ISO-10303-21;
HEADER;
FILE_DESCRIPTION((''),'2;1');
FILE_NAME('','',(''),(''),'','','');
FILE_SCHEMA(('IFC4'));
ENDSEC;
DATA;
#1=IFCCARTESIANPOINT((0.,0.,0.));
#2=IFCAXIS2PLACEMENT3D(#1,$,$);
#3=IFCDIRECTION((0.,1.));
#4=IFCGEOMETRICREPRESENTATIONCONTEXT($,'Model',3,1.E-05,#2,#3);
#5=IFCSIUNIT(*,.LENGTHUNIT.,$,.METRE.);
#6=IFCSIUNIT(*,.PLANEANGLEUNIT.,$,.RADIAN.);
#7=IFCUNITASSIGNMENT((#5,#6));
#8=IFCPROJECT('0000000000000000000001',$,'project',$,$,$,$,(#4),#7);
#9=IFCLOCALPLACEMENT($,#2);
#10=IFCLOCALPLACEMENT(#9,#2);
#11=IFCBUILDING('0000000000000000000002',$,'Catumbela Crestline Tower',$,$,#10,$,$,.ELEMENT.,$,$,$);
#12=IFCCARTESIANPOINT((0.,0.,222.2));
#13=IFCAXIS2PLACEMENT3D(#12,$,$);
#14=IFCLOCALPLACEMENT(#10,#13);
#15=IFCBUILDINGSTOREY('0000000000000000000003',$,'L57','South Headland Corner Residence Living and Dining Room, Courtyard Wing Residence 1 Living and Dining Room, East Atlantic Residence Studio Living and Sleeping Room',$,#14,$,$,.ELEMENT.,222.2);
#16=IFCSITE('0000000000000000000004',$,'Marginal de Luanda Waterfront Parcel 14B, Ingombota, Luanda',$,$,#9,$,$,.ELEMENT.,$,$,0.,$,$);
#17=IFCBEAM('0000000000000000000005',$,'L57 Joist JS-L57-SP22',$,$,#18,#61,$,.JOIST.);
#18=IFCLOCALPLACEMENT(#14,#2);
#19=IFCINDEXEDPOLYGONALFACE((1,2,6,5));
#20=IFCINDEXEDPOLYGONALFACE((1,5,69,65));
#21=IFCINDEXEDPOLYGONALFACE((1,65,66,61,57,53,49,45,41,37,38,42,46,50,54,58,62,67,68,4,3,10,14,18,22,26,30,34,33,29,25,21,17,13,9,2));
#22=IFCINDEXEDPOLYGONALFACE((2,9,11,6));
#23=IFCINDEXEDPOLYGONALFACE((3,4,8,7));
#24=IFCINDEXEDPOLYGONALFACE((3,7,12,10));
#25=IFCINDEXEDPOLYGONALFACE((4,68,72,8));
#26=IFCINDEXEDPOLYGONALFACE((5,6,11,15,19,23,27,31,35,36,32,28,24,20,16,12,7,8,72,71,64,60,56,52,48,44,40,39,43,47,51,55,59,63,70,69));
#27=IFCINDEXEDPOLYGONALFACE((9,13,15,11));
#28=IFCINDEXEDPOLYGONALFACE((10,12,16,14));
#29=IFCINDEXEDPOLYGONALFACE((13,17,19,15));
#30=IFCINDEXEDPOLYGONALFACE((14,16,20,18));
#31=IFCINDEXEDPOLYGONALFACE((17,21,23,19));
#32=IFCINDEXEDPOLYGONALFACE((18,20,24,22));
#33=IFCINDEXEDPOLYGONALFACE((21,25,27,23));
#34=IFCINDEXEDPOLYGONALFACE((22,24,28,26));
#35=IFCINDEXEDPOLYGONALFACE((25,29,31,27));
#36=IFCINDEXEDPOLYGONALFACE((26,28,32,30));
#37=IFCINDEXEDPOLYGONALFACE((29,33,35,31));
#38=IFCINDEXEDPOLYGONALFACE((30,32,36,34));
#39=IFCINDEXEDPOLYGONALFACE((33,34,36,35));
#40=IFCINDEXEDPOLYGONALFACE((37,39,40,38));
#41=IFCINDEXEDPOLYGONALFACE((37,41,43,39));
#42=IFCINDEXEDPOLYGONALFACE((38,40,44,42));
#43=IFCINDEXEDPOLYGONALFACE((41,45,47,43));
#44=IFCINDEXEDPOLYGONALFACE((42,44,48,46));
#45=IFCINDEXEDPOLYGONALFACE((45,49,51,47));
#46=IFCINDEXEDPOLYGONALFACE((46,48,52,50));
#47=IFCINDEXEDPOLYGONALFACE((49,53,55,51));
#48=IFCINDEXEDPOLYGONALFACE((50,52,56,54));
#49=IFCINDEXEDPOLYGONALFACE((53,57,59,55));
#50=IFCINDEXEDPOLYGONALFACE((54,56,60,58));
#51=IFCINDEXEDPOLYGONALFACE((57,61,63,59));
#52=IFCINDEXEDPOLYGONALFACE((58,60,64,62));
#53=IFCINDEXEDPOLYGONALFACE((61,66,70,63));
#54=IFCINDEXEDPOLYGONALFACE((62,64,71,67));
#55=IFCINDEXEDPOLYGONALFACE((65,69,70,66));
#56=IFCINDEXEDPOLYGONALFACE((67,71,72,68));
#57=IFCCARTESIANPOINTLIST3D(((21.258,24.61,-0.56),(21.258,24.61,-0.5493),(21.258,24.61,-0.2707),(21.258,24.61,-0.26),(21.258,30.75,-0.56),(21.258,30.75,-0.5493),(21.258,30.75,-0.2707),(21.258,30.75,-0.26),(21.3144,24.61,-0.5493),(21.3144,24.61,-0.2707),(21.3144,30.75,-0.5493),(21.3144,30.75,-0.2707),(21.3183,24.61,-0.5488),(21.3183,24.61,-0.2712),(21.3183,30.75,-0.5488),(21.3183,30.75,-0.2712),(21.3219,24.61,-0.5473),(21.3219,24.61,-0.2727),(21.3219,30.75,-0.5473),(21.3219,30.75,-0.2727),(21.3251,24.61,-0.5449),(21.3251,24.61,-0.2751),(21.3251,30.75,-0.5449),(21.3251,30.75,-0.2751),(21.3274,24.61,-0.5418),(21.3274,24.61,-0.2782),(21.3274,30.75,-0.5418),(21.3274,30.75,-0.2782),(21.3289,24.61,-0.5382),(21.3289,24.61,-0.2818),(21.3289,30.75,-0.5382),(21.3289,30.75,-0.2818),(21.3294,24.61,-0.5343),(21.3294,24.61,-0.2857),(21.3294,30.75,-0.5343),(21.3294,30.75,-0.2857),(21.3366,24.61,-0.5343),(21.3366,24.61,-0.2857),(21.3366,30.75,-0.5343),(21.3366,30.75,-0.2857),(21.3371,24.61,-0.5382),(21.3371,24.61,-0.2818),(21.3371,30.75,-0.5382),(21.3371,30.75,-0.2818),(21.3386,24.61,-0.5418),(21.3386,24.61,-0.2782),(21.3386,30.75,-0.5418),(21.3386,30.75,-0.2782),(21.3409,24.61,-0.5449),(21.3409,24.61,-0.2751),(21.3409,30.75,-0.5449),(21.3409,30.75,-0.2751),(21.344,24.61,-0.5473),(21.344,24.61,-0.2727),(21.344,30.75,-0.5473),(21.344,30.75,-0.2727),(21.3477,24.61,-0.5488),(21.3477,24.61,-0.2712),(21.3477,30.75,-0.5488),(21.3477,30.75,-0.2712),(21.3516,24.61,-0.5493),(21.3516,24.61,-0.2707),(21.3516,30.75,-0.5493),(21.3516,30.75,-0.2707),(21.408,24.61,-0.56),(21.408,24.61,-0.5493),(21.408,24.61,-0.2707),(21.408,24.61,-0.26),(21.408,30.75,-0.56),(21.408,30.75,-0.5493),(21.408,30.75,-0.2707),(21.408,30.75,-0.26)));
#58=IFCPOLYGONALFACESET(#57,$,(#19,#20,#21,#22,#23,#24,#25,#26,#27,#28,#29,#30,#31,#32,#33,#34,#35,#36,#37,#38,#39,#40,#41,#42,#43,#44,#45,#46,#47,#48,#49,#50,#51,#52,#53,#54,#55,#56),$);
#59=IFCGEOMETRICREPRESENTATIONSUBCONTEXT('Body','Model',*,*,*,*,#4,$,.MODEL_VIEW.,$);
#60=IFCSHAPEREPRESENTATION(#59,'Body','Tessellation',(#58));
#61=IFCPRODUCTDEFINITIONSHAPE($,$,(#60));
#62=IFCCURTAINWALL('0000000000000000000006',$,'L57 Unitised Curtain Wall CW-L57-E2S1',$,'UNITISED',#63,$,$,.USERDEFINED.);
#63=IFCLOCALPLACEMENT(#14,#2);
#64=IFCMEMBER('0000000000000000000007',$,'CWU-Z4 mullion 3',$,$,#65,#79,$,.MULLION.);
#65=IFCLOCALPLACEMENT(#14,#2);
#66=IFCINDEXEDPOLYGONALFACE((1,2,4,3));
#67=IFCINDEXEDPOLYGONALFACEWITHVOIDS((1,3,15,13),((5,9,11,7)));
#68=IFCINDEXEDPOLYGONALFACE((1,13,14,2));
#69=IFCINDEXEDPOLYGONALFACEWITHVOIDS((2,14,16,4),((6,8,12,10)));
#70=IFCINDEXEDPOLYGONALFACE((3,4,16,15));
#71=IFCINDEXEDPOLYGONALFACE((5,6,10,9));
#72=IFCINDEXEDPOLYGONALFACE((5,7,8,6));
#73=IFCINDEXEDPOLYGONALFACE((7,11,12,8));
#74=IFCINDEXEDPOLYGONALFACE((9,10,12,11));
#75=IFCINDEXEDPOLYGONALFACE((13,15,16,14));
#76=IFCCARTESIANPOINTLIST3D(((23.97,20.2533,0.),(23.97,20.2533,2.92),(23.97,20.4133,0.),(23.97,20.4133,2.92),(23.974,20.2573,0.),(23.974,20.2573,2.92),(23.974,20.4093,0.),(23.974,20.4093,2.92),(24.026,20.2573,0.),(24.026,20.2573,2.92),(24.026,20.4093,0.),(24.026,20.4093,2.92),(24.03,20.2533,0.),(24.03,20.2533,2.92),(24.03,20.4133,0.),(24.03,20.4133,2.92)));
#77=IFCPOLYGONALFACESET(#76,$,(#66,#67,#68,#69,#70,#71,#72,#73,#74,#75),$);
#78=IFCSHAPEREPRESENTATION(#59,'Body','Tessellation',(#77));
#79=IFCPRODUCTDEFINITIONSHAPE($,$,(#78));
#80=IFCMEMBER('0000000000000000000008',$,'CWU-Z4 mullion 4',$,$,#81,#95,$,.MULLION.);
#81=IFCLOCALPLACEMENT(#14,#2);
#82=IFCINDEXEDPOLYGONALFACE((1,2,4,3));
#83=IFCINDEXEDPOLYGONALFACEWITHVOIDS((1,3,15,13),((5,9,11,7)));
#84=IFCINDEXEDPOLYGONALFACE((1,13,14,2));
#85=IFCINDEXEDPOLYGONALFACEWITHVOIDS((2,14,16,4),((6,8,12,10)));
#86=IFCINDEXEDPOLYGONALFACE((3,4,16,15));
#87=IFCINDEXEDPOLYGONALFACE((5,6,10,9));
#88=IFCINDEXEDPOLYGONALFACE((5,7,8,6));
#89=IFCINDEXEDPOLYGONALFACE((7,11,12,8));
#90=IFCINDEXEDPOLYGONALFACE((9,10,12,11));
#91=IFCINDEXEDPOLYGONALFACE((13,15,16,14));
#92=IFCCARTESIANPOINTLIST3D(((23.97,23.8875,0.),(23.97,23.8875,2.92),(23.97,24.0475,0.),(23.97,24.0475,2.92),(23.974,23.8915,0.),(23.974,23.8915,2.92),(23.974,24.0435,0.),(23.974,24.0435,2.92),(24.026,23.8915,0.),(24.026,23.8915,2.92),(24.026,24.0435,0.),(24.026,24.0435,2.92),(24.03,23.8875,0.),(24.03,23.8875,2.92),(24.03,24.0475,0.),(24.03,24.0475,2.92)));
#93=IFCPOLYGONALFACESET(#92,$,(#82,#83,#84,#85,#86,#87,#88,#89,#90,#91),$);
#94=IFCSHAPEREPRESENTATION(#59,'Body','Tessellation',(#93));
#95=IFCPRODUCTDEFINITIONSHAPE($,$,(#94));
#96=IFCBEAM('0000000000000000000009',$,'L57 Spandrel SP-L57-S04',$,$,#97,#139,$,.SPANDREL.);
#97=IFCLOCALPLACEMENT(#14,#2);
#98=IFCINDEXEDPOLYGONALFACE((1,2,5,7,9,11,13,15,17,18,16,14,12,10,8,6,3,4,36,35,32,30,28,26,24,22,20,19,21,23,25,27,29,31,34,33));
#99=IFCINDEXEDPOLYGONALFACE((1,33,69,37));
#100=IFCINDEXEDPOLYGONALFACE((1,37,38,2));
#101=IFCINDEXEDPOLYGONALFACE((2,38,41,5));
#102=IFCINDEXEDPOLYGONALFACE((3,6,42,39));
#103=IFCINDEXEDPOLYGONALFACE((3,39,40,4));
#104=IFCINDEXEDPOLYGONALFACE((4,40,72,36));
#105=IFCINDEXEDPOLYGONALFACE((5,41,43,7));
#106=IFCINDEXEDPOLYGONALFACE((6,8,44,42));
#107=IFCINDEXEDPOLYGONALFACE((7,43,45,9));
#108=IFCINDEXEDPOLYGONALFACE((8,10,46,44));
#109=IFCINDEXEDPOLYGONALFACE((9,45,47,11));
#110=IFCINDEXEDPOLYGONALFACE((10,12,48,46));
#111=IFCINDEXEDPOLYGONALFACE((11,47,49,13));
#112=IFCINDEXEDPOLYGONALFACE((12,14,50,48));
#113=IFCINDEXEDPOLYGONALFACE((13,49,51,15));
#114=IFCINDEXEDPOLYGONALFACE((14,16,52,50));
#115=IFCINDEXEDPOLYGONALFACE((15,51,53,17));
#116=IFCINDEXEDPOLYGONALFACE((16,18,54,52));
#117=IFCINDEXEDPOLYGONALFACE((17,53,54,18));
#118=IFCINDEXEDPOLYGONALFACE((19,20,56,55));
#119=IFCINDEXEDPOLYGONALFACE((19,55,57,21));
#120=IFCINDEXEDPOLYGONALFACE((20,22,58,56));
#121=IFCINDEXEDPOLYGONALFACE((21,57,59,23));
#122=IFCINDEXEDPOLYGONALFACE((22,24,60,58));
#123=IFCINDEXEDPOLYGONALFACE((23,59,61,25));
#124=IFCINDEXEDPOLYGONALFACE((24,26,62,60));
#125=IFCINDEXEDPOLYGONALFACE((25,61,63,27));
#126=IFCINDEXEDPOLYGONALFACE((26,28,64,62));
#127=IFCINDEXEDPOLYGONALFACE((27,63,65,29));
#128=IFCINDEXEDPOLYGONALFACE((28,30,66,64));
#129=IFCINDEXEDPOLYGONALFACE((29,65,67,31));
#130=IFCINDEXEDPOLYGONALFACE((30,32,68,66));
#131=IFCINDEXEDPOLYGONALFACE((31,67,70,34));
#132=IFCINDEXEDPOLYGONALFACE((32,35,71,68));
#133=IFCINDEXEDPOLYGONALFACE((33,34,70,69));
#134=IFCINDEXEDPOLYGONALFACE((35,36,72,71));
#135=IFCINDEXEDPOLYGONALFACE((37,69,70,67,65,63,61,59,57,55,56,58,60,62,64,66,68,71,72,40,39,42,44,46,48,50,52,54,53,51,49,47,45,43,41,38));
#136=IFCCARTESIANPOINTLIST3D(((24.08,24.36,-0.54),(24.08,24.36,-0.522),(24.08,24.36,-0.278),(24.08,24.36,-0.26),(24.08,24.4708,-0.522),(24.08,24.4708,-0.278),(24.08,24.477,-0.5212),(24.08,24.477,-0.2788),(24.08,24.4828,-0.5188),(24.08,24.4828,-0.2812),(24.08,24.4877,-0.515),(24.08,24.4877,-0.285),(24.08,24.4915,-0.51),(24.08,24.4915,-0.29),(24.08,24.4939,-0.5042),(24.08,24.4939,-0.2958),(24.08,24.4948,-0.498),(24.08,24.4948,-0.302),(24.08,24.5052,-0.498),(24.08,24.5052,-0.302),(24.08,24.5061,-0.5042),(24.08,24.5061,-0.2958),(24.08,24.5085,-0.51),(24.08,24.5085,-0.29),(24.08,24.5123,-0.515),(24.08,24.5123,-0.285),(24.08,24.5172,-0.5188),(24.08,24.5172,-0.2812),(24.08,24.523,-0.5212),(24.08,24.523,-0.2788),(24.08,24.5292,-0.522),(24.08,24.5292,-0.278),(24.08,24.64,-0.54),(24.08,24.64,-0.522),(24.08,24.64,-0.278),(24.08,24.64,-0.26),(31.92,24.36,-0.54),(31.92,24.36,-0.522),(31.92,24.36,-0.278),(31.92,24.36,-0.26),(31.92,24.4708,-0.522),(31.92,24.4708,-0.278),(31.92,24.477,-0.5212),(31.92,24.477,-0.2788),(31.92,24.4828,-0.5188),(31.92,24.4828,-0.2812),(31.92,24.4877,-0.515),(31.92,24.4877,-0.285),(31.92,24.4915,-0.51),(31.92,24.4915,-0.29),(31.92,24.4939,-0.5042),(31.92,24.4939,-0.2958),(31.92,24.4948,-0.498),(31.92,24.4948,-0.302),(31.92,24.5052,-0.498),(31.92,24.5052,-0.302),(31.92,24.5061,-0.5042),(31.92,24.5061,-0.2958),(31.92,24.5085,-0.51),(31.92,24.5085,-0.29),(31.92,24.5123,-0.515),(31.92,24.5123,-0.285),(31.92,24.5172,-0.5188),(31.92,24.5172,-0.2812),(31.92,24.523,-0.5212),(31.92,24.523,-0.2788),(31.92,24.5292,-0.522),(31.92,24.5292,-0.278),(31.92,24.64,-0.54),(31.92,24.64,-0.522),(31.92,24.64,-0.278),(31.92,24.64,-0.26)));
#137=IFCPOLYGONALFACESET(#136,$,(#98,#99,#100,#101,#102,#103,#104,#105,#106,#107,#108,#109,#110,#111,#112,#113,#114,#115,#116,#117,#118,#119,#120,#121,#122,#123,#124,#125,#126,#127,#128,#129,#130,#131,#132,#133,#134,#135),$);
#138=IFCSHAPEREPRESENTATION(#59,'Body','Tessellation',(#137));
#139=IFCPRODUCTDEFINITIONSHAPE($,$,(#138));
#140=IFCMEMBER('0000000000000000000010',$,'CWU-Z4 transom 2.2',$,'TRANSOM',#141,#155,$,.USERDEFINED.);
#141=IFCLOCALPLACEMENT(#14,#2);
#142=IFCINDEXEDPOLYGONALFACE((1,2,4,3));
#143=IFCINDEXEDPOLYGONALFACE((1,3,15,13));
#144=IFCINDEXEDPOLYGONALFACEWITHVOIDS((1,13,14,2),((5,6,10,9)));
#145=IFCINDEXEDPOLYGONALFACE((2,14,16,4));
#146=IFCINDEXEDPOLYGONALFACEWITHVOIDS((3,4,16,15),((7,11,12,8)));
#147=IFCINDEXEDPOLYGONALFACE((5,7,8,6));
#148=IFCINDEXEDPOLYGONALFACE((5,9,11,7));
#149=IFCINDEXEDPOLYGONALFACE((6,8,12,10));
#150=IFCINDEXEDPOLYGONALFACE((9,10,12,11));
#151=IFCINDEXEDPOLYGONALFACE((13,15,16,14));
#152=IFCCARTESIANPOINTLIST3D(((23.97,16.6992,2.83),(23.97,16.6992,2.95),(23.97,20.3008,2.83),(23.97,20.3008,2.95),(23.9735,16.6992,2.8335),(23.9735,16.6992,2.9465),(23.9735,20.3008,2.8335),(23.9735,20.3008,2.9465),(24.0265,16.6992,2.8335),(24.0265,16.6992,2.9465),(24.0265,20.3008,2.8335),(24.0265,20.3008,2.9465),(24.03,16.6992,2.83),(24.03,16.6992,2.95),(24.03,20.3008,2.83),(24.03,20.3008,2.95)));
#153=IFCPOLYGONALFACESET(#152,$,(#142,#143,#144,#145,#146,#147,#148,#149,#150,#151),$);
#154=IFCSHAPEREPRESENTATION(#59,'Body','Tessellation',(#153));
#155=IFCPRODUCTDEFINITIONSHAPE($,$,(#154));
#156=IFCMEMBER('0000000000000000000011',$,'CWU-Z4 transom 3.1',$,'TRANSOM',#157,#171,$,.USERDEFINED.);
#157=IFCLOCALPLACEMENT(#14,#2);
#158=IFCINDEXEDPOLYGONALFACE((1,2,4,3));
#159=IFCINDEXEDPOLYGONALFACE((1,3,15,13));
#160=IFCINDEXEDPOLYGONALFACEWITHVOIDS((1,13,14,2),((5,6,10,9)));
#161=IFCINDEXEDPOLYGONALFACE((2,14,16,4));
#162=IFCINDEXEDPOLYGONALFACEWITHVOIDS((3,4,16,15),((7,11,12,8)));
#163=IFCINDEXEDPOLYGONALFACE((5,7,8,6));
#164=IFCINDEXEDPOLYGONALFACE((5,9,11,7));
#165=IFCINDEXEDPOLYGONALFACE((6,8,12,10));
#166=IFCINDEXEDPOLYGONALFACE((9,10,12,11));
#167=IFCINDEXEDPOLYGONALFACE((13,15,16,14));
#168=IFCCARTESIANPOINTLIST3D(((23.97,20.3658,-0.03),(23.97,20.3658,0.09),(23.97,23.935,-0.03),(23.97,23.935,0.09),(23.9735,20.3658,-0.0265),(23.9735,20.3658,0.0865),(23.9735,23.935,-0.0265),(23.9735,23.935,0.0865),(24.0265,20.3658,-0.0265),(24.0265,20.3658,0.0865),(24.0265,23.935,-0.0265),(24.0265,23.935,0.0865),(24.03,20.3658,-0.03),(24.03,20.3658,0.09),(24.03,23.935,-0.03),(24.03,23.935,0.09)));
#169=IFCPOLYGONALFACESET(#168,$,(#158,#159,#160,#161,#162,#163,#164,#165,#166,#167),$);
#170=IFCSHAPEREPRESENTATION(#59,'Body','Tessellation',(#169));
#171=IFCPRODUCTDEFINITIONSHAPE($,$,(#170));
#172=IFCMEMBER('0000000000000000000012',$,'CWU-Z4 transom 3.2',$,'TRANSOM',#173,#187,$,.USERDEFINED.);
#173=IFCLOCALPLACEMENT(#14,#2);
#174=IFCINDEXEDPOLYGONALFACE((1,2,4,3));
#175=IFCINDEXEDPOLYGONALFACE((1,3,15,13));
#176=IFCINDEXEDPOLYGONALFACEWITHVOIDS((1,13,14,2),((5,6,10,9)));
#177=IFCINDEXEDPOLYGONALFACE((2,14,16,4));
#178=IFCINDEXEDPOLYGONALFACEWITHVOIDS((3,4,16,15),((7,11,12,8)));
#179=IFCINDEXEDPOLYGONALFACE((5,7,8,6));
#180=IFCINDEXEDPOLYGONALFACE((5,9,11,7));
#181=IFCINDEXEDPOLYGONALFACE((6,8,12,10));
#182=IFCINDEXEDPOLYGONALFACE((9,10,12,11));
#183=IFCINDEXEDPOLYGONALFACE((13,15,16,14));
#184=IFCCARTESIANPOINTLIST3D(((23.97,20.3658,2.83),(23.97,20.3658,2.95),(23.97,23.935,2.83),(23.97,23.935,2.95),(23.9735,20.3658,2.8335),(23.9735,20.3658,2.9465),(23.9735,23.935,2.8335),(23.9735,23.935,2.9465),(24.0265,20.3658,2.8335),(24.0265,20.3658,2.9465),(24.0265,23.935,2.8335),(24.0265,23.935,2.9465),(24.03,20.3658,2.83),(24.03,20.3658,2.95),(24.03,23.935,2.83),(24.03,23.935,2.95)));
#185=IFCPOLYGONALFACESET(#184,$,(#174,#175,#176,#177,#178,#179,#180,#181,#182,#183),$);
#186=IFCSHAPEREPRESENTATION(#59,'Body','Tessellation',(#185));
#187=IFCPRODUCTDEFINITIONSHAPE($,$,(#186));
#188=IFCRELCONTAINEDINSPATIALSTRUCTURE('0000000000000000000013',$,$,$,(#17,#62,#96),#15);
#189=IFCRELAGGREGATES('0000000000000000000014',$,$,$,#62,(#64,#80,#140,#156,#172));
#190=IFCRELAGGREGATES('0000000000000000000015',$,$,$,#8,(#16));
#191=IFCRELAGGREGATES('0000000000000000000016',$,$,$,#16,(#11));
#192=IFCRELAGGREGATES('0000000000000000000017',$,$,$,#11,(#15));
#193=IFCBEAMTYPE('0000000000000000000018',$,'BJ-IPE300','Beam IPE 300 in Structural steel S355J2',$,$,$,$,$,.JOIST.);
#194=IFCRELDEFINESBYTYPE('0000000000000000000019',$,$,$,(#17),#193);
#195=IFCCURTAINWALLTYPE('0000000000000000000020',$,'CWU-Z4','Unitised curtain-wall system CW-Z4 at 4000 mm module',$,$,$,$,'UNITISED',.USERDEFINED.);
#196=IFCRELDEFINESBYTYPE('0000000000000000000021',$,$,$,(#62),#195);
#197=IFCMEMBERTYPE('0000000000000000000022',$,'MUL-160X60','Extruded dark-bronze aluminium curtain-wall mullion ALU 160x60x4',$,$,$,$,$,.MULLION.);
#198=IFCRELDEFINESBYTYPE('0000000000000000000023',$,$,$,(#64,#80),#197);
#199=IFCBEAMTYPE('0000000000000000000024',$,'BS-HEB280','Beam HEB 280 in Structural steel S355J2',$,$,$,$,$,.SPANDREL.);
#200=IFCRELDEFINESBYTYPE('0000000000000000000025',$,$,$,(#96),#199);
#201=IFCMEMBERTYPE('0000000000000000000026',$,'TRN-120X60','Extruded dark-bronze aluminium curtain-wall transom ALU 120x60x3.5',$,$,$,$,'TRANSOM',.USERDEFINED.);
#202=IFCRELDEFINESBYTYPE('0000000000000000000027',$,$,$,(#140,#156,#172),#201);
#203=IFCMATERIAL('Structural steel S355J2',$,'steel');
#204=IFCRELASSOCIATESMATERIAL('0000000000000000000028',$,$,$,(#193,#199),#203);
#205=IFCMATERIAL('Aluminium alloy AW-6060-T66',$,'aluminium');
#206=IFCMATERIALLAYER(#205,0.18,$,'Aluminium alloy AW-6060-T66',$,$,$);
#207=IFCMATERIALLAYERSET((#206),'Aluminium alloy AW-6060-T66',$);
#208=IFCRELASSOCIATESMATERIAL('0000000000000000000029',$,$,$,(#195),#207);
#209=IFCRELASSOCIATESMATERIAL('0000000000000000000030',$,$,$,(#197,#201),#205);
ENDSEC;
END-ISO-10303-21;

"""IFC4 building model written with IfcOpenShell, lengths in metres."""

from ifc_helpers import new_model, si_unit, direction, frame, origin, origin_2d, place, context, subcontext, project, spatial, hollow_rectangle, i_section, extrude, material, layer, layer_set, material_profile, profile_set, type_object, element, aggregate, save


model = new_model("IFC4")

# Units and contexts
model_context = context("Model", 3, precision=1e-05, world=origin(), true_north=direction((0.0, 1.0)))
body_context = subcontext(model_context, "Body", "Model", "MODEL_VIEW")
ifc_project = project(units=[si_unit("LENGTHUNIT", "METRE"), si_unit("PLANEANGLEUNIT", "RADIAN")], contexts=[model_context])

# Site, building, storey
site_placement = place(None, origin())
site = spatial("IfcSite", under=ifc_project, at=site_placement, Name="Marginal de Luanda Waterfront Parcel 14B, Ingombota, Luanda", CompositionType="ELEMENT", RefElevation=0.0)
building_placement = place(site_placement, origin())
building = spatial("IfcBuilding", under=site, at=building_placement, Name="Catumbela Crestline Tower", CompositionType="ELEMENT")
storey_placement = place(building_placement, frame((0.0, 0.0, 222.2)))
storey = spatial("IfcBuildingStorey", under=building, at=storey_placement, Name="L57", Description="South Headland Corner Residence Living and Dining Room, Courtyard Wing Residence 1 Living and Dining Room, East Atlantic Residence Studio Living and Sleeping Room", CompositionType="ELEMENT", Elevation=222.2)

# Shared definitions
ifc_material_1 = material(Name="Structural steel S355J2", Category="steel")

# Beam
ifc_material_profile_1 = material_profile(ifc_material_1, i_section(OverallWidth=0.15, OverallDepth=0.3, WebThickness=0.0071, FlangeThickness=0.0107, FilletRadius=0.015, at=origin_2d()), Name="IPE 300")
ifc_profile_set_1 = profile_set([ifc_material_profile_1], Name="Structural steel S355J2")
beam_type_1 = type_object("IfcBeamType", Name="BJ-IPE300", Description="Beam IPE 300 in Structural steel S355J2", PredefinedType="JOIST", material=ifc_profile_set_1)
for number, where, z_axis, x_axis, name in (
    (1, (21.333, 24.61, -0.41), (0.0, 1.0, 0.0), (-1.0, 0.0, 0.0), "L57 Joist JS-L57-SP22"),
):
    element("IfcBeam", number, at=place(storey_placement, frame(where, z_axis=z_axis, x_axis=x_axis)), inside=storey, type_object=beam_type_1, Name=name, PredefinedType="JOIST", context=body_context, shape_type="SweptSolid", body=[
        extrude(i_section(OverallWidth=0.15, OverallDepth=0.3, WebThickness=0.0071, FlangeThickness=0.0107, FilletRadius=0.015, at=origin_2d()), origin(), (0.0, 0.0, 1.0), 6.14),
    ])

# Curtain wall, members
ifc_material_2 = material(Name="Aluminium alloy AW-6060-T66", Category="aluminium")
ifc_layer_1 = layer(ifc_material_2, 0.18, Name="Aluminium alloy AW-6060-T66")
ifc_layer_set_1 = layer_set([ifc_layer_1], Name="Aluminium alloy AW-6060-T66")
curtain_wall_type = type_object("IfcCurtainWallType", Name="CWU-Z4", Description="Unitised curtain-wall system CW-Z4 at 4000 mm module", ElementType="UNITISED", PredefinedType="USERDEFINED", material=ifc_layer_set_1)
curtain_wall_placement = place(storey_placement, origin())
curtain_wall = element("IfcCurtainWall", 2, at=curtain_wall_placement, inside=storey, type_object=curtain_wall_type, Name="L57 Unitised Curtain Wall CW-L57-E2S1", ObjectType="UNITISED", PredefinedType="USERDEFINED")
ifc_material_profile_2 = material_profile(ifc_material_2, hollow_rectangle(XDim=0.06, YDim=0.16, WallThickness=0.004, at=origin_2d()), Name="ALU 160x60x4")
ifc_profile_set_2 = profile_set([ifc_material_profile_2], Name="Aluminium alloy AW-6060-T66")
member_type_1 = type_object("IfcMemberType", Name="MUL-160X60", Description="Extruded dark-bronze aluminium curtain-wall mullion ALU 160x60x4", PredefinedType="MULLION", material=ifc_profile_set_2)
member_1_placement = place(storey_placement, frame((24.0, 20.3333, 0.0), z_axis=(0.0, 0.0, 1.0), x_axis=(-1.0, 0.0, 0.0)))
member_1 = element("IfcMember", 3, at=member_1_placement, type_object=member_type_1, Name="CWU-Z4 mullion 3", PredefinedType="MULLION", context=body_context, shape_type="SweptSolid", body=[
    extrude(hollow_rectangle(XDim=0.06, YDim=0.16, WallThickness=0.004, at=origin_2d()), origin(), (0.0, 0.0, 1.0), 2.92),
])
member_2_placement = place(storey_placement, frame((24.0, 23.9675, 0.0), z_axis=(0.0, 0.0, 1.0), x_axis=(-1.0, 0.0, 0.0)))
member_2 = element("IfcMember", 4, at=member_2_placement, type_object=member_type_1, Name="CWU-Z4 mullion 4", PredefinedType="MULLION", context=body_context, shape_type="SweptSolid", body=[
    extrude(hollow_rectangle(XDim=0.06, YDim=0.16, WallThickness=0.004, at=origin_2d()), origin(), (0.0, 0.0, 1.0), 2.92),
])

# Beam
ifc_material_profile_3 = material_profile(ifc_material_1, i_section(OverallWidth=0.28, OverallDepth=0.28, WebThickness=0.0105, FlangeThickness=0.018, FilletRadius=0.024, at=origin_2d()), Name="HEB 280")
ifc_profile_set_3 = profile_set([ifc_material_profile_3], Name="Structural steel S355J2")
beam_type_2 = type_object("IfcBeamType", Name="BS-HEB280", Description="Beam HEB 280 in Structural steel S355J2", PredefinedType="SPANDREL", material=ifc_profile_set_3)
beam_1_placement = place(storey_placement, frame((24.08, 24.5, -0.4), z_axis=(1.0, 0.0, 0.0), x_axis=(0.0, 1.0, 0.0)))
element("IfcBeam", 5, at=beam_1_placement, inside=storey, type_object=beam_type_2, Name="L57 Spandrel SP-L57-S04", PredefinedType="SPANDREL", context=body_context, shape_type="SweptSolid", body=[
    extrude(i_section(OverallWidth=0.28, OverallDepth=0.28, WebThickness=0.0105, FlangeThickness=0.018, FilletRadius=0.024, at=origin_2d()), origin(), (0.0, 0.0, 1.0), 7.84),
])

# Members
ifc_material_profile_4 = material_profile(ifc_material_2, hollow_rectangle(XDim=0.06, YDim=0.12, WallThickness=0.0035, at=origin_2d()), Name="ALU 120x60x3.5")
ifc_profile_set_4 = profile_set([ifc_material_profile_4], Name="Aluminium alloy AW-6060-T66")
member_type_2 = type_object("IfcMemberType", Name="TRN-120X60", Description="Extruded dark-bronze aluminium curtain-wall transom ALU 120x60x3.5", ElementType="TRANSOM", PredefinedType="USERDEFINED", material=ifc_profile_set_4)
member_3_placement = place(storey_placement, frame((24.0, 16.6992, 2.89), z_axis=(0.0, 1.0, 0.0), x_axis=(-1.0, 0.0, 0.0)))
member_3 = element("IfcMember", 6, at=member_3_placement, type_object=member_type_2, Name="CWU-Z4 transom 2.2", ObjectType="TRANSOM", PredefinedType="USERDEFINED", context=body_context, shape_type="SweptSolid", body=[
    extrude(hollow_rectangle(XDim=0.06, YDim=0.12, WallThickness=0.0035, at=origin_2d()), origin(), (0.0, 0.0, 1.0), 3.6016),
])
member_4_placement = place(storey_placement, frame((24.0, 20.3658, 0.03), z_axis=(0.0, 1.0, 0.0), x_axis=(-1.0, 0.0, 0.0)))
member_4 = element("IfcMember", 7, at=member_4_placement, type_object=member_type_2, Name="CWU-Z4 transom 3.1", ObjectType="TRANSOM", PredefinedType="USERDEFINED", context=body_context, shape_type="SweptSolid", body=[
    extrude(hollow_rectangle(XDim=0.06, YDim=0.12, WallThickness=0.0035, at=origin_2d()), origin(), (0.0, 0.0, 1.0), 3.5692),
])
member_5_placement = place(storey_placement, frame((24.0, 20.3658, 2.89), z_axis=(0.0, 1.0, 0.0), x_axis=(-1.0, 0.0, 0.0)))
member_5 = element("IfcMember", 8, at=member_5_placement, type_object=member_type_2, Name="CWU-Z4 transom 3.2", ObjectType="TRANSOM", PredefinedType="USERDEFINED", context=body_context, shape_type="SweptSolid", body=[
    extrude(hollow_rectangle(XDim=0.06, YDim=0.12, WallThickness=0.0035, at=origin_2d()), origin(), (0.0, 0.0, 1.0), 3.5692),
])

aggregate(curtain_wall, [member_1, member_2, member_3, member_4, member_5])

save(model, "model.ifc")
